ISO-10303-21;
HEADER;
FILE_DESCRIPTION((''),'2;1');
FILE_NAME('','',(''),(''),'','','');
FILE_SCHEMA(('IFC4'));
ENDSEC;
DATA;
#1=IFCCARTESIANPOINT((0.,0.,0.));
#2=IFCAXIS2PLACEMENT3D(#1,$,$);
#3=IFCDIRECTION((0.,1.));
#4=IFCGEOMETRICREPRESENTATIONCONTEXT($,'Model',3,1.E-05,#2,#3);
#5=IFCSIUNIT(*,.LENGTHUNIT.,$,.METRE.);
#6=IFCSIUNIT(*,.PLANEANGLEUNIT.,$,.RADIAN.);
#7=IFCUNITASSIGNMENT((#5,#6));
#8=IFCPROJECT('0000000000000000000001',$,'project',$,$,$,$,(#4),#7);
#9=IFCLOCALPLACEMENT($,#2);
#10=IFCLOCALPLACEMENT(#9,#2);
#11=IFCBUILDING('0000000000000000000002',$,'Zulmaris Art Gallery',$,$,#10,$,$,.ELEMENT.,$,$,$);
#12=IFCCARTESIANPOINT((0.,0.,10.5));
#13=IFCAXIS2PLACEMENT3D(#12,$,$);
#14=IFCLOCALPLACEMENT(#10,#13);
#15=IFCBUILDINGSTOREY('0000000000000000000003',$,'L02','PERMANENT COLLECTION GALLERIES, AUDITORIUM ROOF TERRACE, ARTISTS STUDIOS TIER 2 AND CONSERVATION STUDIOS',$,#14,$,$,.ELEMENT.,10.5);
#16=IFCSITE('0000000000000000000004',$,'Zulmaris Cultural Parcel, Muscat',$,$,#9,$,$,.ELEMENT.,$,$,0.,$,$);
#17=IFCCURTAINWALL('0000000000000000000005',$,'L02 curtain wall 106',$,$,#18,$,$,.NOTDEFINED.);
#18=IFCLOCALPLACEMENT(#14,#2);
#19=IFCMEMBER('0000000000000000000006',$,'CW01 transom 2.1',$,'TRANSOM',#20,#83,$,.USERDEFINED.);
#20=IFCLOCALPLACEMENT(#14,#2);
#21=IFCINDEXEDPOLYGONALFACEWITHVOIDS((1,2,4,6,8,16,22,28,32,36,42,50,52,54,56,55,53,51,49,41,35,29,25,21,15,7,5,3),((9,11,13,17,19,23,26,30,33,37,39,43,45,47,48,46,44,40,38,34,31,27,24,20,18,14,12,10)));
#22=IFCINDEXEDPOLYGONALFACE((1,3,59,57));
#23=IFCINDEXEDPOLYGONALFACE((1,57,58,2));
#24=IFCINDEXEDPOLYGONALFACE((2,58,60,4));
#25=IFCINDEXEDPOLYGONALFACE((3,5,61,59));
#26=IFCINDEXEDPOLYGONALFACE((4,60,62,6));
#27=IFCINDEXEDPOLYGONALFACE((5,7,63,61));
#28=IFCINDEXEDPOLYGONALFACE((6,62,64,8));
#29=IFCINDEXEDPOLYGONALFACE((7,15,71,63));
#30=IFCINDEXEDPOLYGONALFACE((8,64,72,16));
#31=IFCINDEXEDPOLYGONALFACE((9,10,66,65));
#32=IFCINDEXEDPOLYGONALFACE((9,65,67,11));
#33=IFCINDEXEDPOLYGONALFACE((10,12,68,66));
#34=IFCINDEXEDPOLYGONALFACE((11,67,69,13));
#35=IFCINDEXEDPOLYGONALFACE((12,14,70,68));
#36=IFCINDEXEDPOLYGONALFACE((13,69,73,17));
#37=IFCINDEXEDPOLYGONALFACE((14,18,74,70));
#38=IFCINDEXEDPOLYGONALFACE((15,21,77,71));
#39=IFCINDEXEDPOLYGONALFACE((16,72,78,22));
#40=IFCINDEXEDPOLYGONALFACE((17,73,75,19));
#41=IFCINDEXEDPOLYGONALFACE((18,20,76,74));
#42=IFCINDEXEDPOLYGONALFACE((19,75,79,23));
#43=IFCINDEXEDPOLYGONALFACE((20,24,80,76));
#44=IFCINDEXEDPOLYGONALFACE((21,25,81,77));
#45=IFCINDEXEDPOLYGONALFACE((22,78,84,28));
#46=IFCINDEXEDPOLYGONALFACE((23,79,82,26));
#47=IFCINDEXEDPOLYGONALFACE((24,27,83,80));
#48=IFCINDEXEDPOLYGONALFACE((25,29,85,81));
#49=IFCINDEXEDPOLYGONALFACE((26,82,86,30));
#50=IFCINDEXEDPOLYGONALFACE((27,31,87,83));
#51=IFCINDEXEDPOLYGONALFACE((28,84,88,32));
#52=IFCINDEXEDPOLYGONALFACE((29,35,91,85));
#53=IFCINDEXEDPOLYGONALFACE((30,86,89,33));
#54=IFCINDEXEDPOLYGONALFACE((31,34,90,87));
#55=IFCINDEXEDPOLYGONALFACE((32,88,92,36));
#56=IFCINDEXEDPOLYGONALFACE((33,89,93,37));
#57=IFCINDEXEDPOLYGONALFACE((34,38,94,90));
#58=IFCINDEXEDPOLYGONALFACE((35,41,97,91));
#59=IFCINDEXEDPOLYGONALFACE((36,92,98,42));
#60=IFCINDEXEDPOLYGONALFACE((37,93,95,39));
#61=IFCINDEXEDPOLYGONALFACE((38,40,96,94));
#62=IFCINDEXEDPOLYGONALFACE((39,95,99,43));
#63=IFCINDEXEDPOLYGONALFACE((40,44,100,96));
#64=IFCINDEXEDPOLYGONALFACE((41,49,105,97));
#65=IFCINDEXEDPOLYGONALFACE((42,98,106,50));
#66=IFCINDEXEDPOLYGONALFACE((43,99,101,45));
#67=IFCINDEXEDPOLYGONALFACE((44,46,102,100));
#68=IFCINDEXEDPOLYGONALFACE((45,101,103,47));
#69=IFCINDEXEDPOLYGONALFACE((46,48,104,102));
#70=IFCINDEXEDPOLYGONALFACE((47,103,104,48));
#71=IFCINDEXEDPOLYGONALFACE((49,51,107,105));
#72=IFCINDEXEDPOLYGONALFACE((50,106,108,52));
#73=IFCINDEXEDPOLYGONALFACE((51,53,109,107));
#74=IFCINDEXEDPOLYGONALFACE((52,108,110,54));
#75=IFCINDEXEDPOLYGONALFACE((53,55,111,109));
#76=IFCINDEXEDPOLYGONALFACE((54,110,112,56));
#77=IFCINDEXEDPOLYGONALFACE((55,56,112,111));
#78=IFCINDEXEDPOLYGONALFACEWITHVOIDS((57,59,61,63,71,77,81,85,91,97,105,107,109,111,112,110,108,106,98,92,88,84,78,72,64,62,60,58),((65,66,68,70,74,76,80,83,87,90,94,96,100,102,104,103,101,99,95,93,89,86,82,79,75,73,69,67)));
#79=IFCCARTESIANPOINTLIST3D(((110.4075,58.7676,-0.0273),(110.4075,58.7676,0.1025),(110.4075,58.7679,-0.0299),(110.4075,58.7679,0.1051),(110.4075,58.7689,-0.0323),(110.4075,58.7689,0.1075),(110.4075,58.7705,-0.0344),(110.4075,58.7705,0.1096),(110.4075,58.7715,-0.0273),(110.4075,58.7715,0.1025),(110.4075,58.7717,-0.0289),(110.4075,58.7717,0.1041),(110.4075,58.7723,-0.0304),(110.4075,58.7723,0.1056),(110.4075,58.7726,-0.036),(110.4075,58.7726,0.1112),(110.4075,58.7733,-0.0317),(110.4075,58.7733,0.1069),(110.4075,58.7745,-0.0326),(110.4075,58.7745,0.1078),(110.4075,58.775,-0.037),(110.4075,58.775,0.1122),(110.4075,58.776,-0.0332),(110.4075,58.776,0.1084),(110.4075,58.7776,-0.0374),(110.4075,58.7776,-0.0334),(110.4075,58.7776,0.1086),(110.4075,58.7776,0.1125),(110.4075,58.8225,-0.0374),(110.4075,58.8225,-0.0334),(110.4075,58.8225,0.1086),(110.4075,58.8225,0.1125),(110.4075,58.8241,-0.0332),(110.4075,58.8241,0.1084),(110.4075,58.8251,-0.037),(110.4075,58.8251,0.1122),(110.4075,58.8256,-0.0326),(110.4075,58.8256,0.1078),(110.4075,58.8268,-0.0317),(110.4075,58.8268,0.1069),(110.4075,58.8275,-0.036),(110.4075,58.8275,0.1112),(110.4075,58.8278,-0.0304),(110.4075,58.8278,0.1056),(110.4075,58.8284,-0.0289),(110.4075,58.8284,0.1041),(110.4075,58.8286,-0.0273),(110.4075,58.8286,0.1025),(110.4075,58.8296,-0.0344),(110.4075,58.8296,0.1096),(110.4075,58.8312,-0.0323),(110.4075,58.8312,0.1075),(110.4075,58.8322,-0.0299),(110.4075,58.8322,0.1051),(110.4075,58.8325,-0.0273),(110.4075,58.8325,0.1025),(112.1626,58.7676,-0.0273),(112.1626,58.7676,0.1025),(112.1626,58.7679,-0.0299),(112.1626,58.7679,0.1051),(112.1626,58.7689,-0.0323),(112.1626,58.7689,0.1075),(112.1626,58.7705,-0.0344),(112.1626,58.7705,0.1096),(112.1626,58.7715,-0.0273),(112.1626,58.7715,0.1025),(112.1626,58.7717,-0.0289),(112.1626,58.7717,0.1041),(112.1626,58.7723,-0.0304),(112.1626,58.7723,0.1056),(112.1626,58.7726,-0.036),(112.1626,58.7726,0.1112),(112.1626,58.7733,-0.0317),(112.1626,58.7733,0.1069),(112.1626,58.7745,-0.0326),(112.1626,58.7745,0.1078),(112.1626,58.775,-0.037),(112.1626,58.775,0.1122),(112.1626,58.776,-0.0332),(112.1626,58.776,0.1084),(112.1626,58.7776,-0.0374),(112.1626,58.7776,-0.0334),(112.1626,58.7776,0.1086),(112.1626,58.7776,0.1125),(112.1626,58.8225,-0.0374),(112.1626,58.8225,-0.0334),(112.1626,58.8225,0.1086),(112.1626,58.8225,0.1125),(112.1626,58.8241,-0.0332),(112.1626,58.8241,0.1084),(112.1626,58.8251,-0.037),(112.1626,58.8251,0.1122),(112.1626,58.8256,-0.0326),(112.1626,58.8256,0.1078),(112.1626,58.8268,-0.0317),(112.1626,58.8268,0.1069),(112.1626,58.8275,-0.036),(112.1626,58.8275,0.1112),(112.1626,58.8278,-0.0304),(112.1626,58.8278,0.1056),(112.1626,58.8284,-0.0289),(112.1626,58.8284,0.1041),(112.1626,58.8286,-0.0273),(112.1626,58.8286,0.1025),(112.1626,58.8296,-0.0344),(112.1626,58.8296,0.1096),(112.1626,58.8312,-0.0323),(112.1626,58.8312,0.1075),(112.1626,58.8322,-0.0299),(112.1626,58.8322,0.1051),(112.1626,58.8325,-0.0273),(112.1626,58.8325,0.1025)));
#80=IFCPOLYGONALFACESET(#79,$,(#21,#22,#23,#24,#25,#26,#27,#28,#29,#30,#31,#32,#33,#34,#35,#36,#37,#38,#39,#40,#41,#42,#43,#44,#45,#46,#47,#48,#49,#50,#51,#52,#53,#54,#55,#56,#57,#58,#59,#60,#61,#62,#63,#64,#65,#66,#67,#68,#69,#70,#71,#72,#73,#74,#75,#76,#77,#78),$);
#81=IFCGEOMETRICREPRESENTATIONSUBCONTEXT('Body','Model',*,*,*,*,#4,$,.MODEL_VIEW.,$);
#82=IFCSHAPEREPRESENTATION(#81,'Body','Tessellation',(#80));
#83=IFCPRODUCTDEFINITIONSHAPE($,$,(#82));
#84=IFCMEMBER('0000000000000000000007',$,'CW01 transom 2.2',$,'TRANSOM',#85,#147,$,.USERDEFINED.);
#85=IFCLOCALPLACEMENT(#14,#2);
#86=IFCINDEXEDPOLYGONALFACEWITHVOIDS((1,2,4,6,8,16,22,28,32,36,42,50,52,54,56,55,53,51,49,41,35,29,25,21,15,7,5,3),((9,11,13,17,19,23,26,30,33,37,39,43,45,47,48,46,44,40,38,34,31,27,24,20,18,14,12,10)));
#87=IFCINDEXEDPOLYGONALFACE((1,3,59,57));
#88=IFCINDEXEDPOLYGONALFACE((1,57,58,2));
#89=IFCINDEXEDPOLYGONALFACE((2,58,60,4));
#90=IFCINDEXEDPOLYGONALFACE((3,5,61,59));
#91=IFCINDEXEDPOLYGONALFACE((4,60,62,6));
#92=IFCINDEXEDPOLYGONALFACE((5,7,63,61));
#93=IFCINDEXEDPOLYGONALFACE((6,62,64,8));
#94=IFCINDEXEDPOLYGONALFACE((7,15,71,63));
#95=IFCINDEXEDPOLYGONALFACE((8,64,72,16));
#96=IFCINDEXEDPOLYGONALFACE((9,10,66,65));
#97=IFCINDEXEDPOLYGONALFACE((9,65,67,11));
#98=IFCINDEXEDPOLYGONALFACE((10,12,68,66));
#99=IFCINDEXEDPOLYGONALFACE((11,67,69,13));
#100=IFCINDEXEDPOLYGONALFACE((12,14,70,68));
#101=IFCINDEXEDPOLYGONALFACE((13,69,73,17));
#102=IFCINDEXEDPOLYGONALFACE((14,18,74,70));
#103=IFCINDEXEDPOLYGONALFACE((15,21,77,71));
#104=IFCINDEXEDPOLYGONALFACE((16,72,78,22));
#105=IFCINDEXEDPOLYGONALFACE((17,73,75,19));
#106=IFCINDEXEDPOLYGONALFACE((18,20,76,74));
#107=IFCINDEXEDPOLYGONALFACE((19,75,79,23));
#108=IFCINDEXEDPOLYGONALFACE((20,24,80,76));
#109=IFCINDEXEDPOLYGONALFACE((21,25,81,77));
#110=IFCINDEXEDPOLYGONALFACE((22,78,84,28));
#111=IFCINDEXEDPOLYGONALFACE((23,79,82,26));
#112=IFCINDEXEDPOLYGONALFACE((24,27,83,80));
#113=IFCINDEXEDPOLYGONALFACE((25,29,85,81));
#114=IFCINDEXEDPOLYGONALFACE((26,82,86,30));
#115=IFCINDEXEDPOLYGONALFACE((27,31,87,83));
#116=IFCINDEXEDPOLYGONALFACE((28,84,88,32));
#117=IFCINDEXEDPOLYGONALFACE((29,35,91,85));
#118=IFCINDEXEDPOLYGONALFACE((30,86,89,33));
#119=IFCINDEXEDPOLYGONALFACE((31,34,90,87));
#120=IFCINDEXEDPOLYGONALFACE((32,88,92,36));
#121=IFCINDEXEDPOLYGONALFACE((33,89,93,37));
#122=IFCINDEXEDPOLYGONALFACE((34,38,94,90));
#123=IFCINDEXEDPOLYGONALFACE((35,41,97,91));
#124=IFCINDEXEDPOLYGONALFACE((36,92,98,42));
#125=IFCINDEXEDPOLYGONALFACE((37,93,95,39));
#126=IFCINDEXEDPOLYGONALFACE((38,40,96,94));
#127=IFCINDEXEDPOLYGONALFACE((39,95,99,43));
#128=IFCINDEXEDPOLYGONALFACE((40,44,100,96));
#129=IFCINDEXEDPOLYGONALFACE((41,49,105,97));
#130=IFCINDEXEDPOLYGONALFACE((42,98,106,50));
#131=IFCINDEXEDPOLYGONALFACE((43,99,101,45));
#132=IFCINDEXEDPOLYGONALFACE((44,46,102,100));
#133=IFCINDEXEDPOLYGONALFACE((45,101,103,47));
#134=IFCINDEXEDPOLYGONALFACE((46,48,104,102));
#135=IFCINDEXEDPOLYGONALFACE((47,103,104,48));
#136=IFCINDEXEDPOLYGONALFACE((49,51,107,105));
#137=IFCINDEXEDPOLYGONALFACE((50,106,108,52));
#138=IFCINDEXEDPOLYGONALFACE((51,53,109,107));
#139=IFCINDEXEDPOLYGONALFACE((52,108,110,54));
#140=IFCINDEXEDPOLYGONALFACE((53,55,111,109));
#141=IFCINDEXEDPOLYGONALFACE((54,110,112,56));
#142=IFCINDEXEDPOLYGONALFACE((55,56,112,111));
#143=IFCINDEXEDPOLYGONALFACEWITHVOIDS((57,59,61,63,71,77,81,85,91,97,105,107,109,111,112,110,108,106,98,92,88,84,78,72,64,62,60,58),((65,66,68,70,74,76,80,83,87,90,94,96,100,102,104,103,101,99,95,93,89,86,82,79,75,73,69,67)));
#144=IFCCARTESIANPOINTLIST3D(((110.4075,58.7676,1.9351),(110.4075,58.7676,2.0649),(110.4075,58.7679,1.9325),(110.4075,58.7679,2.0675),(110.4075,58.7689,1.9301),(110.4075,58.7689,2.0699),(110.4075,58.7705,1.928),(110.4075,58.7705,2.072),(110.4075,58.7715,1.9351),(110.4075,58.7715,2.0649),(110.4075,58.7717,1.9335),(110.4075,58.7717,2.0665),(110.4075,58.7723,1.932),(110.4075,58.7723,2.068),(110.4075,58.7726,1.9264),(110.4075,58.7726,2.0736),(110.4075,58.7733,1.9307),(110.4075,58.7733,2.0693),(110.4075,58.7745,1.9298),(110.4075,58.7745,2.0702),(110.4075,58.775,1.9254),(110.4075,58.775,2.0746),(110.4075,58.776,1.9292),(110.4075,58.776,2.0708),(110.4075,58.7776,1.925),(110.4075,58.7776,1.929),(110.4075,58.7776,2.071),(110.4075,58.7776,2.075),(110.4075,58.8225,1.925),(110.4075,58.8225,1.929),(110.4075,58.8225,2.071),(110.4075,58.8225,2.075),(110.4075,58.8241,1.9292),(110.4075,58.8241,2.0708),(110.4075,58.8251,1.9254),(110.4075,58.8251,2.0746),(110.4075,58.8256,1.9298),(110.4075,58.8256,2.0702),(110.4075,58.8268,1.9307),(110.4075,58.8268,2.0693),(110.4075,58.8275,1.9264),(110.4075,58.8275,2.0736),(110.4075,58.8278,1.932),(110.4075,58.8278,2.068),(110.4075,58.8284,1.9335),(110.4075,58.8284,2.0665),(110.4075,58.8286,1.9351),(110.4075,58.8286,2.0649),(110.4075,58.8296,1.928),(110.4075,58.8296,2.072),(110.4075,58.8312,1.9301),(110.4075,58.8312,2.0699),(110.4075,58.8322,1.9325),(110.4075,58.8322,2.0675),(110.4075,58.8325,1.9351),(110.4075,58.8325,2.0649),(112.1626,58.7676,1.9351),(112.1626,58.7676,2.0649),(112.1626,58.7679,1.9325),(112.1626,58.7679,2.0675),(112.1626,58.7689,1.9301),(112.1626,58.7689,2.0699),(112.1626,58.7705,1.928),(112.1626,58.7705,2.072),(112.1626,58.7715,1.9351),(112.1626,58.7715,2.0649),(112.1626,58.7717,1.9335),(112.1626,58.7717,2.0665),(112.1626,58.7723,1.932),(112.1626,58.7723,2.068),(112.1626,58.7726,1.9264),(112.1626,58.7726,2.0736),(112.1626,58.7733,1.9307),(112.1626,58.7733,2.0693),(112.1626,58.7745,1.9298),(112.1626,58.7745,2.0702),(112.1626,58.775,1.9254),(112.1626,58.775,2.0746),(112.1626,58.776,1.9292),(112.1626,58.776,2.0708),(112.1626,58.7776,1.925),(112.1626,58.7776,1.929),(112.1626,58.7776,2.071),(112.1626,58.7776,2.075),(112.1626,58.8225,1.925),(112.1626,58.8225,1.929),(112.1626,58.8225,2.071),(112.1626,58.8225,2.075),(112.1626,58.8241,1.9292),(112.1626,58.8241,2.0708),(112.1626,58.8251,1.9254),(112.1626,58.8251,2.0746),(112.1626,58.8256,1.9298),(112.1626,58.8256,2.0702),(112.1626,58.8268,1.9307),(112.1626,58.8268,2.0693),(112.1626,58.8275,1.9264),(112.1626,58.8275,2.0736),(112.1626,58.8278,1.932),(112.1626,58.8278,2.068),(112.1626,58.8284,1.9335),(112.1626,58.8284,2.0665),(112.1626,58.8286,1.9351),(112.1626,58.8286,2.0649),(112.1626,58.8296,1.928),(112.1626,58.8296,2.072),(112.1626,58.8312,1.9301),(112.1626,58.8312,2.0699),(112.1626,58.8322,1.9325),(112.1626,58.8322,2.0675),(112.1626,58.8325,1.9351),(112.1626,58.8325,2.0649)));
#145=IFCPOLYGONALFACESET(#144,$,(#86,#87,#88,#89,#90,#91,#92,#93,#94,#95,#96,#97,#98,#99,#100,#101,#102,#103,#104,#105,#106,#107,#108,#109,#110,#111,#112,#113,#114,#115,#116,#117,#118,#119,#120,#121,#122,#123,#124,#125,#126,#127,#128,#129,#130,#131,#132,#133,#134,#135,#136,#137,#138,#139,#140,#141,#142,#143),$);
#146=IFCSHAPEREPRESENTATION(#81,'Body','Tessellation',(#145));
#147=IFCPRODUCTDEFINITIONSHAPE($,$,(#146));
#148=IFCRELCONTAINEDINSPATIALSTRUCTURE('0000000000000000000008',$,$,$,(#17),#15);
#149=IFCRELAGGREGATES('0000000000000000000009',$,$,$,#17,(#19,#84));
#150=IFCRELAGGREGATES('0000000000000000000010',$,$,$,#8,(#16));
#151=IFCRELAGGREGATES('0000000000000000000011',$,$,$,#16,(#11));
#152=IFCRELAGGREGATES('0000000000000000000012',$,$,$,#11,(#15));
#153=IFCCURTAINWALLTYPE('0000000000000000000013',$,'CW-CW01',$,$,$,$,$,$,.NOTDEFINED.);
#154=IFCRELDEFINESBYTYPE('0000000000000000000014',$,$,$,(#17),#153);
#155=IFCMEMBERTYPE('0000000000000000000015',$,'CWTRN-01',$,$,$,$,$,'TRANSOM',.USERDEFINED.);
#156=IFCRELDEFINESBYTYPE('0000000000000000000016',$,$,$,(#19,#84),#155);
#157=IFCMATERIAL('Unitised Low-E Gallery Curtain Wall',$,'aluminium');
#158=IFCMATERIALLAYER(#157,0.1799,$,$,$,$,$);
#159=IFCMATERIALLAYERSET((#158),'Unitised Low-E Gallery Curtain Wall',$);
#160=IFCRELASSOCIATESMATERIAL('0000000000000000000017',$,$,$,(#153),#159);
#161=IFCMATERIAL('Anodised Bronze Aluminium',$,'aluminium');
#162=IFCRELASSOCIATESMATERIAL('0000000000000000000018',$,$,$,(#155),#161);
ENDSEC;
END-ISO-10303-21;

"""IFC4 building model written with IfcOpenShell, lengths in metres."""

from ifc_helpers import new_model, si_unit, direction, frame, origin, origin_2d, place, context, subcontext, project, spatial, hollow_rectangle, extrude, material, layer, layer_set, material_profile, profile_set, type_object, element, aggregate, save


model = new_model("IFC4")

# Units and contexts
model_context = context("Model", 3, precision=1e-05, world=origin(), true_north=direction((0.0, 1.0)))
body_context = subcontext(model_context, "Body", "Model", "MODEL_VIEW")
ifc_project = project(units=[si_unit("LENGTHUNIT", "METRE"), si_unit("PLANEANGLEUNIT", "RADIAN")], contexts=[model_context])

# Site, building, storey
site_placement = place(None, origin())
site = spatial("IfcSite", under=ifc_project, at=site_placement, Name="Zulmaris Cultural Parcel, Muscat", CompositionType="ELEMENT", RefElevation=0.0)
building_placement = place(site_placement, origin())
building = spatial("IfcBuilding", under=site, at=building_placement, Name="Zulmaris Art Gallery", CompositionType="ELEMENT")
storey_placement = place(building_placement, frame((0.0, 0.0, 10.5)))
storey = spatial("IfcBuildingStorey", under=building, at=storey_placement, Name="L02", Description="PERMANENT COLLECTION GALLERIES, AUDITORIUM ROOF TERRACE, ARTISTS STUDIOS TIER 2 AND CONSERVATION STUDIOS", CompositionType="ELEMENT", Elevation=10.5)

# Curtain wall, members
ifc_material_1 = material(Name="Unitised Low-E Gallery Curtain Wall", Category="aluminium")
ifc_layer_1 = layer(ifc_material_1, 0.1799)
ifc_layer_set_1 = layer_set([ifc_layer_1], Name="Unitised Low-E Gallery Curtain Wall")
curtain_wall_type = type_object("IfcCurtainWallType", Name="CW-CW01", PredefinedType="NOTDEFINED", material=ifc_layer_set_1)
curtain_wall_placement = place(storey_placement, origin())
curtain_wall = element("IfcCurtainWall", 1, at=curtain_wall_placement, inside=storey, type_object=curtain_wall_type, Name="L02 curtain wall 106", PredefinedType="NOTDEFINED")
ifc_material_2 = material(Name="Anodised Bronze Aluminium", Category="aluminium")
ifc_material_profile_1 = material_profile(ifc_material_2, hollow_rectangle(XDim=0.0649, YDim=0.1499, WallThickness=0.0039, InnerFilletRadius=0.0061, OuterFilletRadius=0.01, at=origin_2d()), Name="ALU 65x150x4")
ifc_profile_set_1 = profile_set([ifc_material_profile_1], Name="Anodised Bronze Aluminium")
member_type_1 = type_object("IfcMemberType", Name="CWTRN-01", ElementType="TRANSOM", PredefinedType="USERDEFINED", material=ifc_profile_set_1)
member_1_placement = place(storey_placement, frame((110.4075, 58.8, 0.0376), z_axis=(1.0, 0.0, 0.0), x_axis=(0.0, 1.0, 0.0)))
member_1 = element("IfcMember", 2, at=member_1_placement, type_object=member_type_1, Name="CW01 transom 2.1", ObjectType="TRANSOM", PredefinedType="USERDEFINED", context=body_context, shape_type="SweptSolid", body=[
    extrude(hollow_rectangle(XDim=0.0649, YDim=0.1499, WallThickness=0.0039, InnerFilletRadius=0.0061, OuterFilletRadius=0.01, at=origin_2d()), origin(), (0.0, 0.0, 1.0), 1.7551),
])
member_2_placement = place(storey_placement, frame((110.4075, 58.8, 2.0), z_axis=(1.0, 0.0, 0.0), x_axis=(0.0, 1.0, 0.0)))
member_2 = element("IfcMember", 3, at=member_2_placement, type_object=member_type_1, Name="CW01 transom 2.2", ObjectType="TRANSOM", PredefinedType="USERDEFINED", context=body_context, shape_type="SweptSolid", body=[
    extrude(hollow_rectangle(XDim=0.0649, YDim=0.1499, WallThickness=0.0039, InnerFilletRadius=0.0061, OuterFilletRadius=0.01, at=origin_2d()), origin(), (0.0, 0.0, 1.0), 1.7551),
])
aggregate(curtain_wall, [member_1, member_2])

save(model, "model.ifc")
